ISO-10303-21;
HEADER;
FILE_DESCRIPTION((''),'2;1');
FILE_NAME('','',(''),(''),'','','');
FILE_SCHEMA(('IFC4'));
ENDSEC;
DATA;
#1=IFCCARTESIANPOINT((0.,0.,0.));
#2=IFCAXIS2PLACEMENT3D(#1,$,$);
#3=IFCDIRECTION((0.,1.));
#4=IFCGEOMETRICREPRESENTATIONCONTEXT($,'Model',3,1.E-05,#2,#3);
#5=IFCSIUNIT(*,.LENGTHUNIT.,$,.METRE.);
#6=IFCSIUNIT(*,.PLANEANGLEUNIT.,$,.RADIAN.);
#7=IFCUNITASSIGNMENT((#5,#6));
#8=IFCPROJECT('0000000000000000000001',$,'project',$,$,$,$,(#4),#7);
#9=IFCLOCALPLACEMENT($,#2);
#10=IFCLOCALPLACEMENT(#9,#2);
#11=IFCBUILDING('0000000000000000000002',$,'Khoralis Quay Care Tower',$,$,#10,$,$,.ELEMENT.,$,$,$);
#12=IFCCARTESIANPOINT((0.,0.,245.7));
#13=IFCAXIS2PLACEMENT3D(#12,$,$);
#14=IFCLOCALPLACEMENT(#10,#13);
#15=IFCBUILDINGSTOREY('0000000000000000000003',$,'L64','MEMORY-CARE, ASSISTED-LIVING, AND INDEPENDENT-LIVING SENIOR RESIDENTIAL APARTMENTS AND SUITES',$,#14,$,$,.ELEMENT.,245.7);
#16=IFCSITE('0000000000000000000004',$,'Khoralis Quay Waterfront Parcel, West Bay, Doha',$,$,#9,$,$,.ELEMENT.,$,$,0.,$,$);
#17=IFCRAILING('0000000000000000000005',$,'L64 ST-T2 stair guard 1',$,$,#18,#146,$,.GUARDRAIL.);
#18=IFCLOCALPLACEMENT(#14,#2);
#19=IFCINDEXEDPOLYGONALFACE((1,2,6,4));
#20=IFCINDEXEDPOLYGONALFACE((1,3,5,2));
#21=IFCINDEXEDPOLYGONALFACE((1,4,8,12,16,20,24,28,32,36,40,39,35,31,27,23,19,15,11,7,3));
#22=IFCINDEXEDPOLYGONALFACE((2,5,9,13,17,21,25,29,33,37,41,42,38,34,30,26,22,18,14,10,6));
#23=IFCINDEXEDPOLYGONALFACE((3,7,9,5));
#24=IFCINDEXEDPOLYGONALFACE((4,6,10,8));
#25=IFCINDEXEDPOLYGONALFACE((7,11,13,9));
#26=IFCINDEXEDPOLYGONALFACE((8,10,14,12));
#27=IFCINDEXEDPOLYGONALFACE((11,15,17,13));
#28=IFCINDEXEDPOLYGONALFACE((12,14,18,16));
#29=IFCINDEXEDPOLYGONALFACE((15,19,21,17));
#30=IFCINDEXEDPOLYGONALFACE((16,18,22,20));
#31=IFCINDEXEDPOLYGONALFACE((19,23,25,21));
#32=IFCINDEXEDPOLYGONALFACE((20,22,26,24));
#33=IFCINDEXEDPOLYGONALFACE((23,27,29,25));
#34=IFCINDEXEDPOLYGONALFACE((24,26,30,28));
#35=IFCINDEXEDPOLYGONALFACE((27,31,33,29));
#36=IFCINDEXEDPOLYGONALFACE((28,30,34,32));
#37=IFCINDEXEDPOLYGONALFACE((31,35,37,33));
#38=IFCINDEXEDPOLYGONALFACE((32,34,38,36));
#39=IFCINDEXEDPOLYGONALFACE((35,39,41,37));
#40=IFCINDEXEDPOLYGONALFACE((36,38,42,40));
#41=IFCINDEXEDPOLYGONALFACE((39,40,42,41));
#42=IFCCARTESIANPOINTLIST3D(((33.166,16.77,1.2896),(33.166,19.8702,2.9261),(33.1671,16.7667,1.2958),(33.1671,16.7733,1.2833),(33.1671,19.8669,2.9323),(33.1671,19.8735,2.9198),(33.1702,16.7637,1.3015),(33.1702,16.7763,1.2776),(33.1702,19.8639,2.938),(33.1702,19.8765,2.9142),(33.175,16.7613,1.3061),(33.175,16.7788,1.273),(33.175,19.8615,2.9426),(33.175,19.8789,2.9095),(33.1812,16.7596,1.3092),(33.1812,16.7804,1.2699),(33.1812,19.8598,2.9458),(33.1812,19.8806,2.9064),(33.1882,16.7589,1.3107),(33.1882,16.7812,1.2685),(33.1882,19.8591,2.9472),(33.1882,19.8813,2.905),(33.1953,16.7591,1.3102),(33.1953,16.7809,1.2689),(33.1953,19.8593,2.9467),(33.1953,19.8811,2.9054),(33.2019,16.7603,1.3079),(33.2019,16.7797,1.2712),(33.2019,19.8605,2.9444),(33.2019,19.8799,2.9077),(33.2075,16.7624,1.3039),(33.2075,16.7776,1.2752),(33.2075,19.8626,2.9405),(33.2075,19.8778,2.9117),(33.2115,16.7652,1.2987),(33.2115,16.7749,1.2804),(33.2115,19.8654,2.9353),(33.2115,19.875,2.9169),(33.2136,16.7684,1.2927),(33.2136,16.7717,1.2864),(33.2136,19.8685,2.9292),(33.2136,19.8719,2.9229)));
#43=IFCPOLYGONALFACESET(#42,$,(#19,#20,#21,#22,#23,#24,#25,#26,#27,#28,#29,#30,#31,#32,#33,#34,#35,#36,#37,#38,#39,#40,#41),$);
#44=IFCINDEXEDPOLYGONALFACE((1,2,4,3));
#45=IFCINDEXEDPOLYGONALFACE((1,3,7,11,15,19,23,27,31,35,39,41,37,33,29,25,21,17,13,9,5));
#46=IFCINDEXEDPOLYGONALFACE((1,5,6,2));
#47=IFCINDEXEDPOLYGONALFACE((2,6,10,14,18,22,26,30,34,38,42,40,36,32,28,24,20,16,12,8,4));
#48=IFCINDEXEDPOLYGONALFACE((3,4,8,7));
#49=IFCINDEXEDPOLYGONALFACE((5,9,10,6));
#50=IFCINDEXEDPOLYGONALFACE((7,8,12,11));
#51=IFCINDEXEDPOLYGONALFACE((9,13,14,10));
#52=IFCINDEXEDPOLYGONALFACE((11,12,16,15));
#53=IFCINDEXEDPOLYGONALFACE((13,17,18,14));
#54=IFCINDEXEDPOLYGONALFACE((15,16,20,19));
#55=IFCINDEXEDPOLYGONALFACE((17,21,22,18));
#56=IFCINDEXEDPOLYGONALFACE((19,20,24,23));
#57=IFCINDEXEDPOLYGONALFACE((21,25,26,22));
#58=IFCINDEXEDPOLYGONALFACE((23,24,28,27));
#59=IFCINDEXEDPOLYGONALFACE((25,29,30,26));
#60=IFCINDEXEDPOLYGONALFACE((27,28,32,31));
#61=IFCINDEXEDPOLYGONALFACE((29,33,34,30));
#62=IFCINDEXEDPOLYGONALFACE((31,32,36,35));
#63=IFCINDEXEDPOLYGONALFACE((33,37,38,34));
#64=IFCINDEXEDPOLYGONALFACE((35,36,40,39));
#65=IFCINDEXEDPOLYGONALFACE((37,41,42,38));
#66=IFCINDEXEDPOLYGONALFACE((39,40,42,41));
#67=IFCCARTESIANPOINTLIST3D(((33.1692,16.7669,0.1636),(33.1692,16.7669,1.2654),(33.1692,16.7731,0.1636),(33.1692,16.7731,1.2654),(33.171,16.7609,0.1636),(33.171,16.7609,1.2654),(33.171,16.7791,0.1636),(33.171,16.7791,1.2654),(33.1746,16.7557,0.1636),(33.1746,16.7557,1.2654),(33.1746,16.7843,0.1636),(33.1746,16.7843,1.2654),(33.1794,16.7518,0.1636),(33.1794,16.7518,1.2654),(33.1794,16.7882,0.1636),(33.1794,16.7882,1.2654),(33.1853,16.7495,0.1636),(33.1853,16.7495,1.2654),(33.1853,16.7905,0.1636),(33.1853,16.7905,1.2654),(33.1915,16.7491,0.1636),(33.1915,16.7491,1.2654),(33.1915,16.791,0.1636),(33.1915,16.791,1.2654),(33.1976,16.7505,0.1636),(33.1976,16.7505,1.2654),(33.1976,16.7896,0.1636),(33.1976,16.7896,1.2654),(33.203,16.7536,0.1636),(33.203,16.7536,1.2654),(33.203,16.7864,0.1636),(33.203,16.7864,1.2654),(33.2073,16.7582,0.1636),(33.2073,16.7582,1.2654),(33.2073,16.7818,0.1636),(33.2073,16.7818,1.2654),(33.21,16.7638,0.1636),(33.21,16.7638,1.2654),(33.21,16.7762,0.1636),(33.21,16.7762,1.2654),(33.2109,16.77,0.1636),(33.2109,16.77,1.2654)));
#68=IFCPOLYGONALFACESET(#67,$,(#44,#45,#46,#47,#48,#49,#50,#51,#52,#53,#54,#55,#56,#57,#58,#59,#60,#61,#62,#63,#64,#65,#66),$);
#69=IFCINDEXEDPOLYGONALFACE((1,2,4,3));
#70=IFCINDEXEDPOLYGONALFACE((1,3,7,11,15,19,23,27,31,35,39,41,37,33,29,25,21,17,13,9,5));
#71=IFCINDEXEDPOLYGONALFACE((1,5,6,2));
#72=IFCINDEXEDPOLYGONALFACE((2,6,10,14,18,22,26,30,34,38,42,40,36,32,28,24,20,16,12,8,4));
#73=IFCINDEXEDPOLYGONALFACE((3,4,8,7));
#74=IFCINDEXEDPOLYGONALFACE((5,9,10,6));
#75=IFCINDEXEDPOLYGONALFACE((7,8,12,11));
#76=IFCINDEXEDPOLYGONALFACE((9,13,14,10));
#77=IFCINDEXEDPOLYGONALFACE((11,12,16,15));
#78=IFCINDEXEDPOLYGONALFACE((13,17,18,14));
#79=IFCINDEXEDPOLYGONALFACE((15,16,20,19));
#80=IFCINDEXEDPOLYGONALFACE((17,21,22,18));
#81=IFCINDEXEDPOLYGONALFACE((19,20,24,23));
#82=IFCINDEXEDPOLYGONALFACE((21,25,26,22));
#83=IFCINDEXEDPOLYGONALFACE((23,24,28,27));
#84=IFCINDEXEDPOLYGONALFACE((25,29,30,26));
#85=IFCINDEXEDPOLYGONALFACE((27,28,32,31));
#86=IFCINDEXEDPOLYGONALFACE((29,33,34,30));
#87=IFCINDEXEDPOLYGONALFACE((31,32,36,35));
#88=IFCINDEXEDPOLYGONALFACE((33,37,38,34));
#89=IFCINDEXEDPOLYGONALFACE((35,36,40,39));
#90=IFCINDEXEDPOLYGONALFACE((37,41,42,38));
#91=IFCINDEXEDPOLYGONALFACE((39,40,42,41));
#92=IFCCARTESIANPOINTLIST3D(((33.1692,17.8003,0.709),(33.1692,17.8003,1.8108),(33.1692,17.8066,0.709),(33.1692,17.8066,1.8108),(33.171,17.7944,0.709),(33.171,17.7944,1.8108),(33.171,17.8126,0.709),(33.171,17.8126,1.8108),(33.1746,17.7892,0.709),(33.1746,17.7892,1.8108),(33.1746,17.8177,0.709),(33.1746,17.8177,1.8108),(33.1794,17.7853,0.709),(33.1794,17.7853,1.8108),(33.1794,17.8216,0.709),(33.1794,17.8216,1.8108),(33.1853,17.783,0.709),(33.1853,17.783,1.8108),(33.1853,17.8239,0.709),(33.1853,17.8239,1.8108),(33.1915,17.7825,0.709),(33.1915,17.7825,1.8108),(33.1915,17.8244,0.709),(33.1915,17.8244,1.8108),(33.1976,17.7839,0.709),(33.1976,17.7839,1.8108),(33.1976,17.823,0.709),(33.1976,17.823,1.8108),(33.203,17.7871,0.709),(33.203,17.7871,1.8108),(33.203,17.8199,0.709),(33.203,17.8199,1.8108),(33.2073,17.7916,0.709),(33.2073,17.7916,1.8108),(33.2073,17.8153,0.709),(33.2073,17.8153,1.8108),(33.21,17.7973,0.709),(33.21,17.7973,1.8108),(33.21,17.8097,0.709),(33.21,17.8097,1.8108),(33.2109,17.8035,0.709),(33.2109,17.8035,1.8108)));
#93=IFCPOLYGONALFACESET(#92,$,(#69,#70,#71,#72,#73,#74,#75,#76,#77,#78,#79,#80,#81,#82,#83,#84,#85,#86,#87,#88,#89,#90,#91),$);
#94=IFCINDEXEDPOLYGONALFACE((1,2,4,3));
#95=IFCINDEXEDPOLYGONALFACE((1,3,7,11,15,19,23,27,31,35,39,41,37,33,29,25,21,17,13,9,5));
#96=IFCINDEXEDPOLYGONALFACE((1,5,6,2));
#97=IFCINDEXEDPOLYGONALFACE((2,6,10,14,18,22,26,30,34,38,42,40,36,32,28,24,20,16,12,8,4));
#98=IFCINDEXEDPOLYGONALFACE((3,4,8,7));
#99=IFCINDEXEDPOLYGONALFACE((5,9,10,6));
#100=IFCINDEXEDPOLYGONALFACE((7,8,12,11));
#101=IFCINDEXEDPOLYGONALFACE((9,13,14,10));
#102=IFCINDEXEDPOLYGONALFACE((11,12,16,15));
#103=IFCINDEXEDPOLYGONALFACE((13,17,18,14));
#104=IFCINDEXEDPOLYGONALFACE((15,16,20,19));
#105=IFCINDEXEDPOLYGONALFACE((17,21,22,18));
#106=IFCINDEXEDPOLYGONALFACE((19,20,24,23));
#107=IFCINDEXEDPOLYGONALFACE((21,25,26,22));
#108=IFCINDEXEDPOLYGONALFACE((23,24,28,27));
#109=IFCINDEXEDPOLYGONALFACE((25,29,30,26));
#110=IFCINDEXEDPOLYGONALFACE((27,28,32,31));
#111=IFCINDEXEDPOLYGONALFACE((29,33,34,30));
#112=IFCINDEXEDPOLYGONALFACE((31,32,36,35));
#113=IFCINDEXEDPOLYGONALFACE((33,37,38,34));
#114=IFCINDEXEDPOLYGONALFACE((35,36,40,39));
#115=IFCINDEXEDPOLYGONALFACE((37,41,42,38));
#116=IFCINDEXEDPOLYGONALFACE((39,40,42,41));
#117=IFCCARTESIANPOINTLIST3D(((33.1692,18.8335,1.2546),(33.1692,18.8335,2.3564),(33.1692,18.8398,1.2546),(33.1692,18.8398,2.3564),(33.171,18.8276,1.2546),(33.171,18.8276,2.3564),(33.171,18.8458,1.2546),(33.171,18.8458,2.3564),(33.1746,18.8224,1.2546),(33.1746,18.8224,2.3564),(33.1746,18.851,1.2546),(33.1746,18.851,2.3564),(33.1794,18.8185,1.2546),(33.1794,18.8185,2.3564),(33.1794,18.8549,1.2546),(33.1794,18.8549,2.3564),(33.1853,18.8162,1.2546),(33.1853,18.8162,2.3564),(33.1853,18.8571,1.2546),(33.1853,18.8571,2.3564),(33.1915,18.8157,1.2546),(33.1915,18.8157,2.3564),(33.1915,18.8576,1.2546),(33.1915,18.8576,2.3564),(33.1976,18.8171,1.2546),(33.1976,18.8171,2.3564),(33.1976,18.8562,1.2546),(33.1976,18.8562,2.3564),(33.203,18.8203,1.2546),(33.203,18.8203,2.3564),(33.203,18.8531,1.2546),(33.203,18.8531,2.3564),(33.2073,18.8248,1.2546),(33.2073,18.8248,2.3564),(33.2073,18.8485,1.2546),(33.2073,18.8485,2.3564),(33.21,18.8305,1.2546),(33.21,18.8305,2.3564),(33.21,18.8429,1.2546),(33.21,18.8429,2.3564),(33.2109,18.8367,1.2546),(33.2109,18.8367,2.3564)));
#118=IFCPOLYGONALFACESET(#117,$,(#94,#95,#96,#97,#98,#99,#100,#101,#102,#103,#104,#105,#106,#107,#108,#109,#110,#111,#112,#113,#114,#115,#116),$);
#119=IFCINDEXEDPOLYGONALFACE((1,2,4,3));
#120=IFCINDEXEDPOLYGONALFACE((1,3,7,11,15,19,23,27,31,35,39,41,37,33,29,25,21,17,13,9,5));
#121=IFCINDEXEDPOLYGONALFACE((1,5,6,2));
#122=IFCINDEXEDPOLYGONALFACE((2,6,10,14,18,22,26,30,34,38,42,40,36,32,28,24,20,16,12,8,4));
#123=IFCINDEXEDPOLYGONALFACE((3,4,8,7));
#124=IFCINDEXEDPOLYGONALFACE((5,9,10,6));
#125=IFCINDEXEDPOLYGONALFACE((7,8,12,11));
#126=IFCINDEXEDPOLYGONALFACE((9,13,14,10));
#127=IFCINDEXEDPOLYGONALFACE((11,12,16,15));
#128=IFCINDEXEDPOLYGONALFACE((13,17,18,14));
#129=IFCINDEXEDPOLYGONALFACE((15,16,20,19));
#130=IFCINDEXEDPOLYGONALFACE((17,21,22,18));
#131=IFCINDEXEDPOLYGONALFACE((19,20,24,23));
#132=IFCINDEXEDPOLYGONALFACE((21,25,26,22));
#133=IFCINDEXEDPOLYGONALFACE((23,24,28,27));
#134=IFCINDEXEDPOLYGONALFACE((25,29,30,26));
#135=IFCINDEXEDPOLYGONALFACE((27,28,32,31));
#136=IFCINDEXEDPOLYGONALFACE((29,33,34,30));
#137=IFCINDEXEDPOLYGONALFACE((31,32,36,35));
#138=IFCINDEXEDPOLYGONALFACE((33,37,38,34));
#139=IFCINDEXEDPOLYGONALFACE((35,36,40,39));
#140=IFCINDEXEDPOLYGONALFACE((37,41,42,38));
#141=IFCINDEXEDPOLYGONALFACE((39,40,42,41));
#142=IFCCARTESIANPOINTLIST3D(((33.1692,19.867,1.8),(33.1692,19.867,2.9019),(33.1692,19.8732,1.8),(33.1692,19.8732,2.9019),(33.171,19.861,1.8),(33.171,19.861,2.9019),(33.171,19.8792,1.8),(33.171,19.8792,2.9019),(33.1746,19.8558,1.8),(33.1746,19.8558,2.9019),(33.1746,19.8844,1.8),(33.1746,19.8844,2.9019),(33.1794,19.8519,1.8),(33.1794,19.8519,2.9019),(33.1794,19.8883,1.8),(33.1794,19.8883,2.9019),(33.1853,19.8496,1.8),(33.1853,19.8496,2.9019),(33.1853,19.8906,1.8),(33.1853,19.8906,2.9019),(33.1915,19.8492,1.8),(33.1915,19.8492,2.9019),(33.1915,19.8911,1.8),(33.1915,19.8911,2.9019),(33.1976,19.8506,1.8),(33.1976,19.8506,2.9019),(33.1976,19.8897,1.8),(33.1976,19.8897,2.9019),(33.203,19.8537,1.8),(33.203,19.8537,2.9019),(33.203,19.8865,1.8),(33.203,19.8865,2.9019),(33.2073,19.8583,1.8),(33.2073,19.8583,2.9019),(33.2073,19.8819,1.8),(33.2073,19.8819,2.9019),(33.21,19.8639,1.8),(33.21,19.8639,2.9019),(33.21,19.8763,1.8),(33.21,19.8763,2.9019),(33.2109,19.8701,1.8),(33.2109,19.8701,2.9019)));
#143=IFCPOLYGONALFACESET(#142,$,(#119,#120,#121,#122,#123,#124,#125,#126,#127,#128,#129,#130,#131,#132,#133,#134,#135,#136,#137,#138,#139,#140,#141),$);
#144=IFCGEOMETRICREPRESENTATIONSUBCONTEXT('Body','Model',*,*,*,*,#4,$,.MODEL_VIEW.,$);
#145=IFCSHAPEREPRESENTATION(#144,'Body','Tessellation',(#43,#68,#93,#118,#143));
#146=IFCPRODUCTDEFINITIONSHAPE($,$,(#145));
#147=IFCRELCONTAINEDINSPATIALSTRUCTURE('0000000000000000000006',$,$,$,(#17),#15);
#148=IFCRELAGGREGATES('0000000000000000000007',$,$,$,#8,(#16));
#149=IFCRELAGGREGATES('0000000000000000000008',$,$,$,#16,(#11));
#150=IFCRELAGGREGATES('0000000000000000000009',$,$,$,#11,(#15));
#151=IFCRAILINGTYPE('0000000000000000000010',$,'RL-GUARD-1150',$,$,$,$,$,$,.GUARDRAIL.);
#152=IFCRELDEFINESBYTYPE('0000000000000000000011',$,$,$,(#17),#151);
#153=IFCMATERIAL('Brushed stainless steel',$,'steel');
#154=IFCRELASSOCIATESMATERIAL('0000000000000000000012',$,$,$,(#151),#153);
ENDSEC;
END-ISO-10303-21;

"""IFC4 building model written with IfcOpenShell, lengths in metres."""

from ifc_helpers import new_model, si_unit, direction, frame, origin, origin_2d, place, context, subcontext, project, spatial, circle, extrude, material, type_object, element, save


model = new_model("IFC4")

# Units and contexts
model_context = context("Model", 3, precision=1e-05, world=origin(), true_north=direction((0.0, 1.0)))
body_context = subcontext(model_context, "Body", "Model", "MODEL_VIEW")
ifc_project = project(units=[si_unit("LENGTHUNIT", "METRE"), si_unit("PLANEANGLEUNIT", "RADIAN")], contexts=[model_context])

# Site, building, storey
site_placement = place(None, origin())
site = spatial("IfcSite", under=ifc_project, at=site_placement, Name="Khoralis Quay Waterfront Parcel, West Bay, Doha", CompositionType="ELEMENT", RefElevation=0.0)
building_placement = place(site_placement, origin())
building = spatial("IfcBuilding", under=site, at=building_placement, Name="Khoralis Quay Care Tower", CompositionType="ELEMENT")
storey_placement = place(building_placement, frame((0.0, 0.0, 245.7)))
storey = spatial("IfcBuildingStorey", under=building, at=storey_placement, Name="L64", Description="MEMORY-CARE, ASSISTED-LIVING, AND INDEPENDENT-LIVING SENIOR RESIDENTIAL APARTMENTS AND SUITES", CompositionType="ELEMENT", Elevation=245.7)

# Shared definitions
ifc_material_1 = material(Name="Brushed stainless steel", Category="steel")

# Railing
railing_type_1 = type_object("IfcRailingType", Name="RL-GUARD-1150", PredefinedType="GUARDRAIL", material=ifc_material_1)
railing_1_placement = place(storey_placement, frame((33.1899, 16.77, 0.1636)))
element("IfcRailing", 1, at=railing_1_placement, inside=storey, type_object=railing_type_1, Name="L64 ST-T2 stair guard 1", PredefinedType="GUARDRAIL", context=body_context, shape_type="SweptSolid", body=[
    extrude(circle(Radius=0.0239, at=origin_2d()), frame((0.0, 0.0, 1.126), z_axis=(0.0, 0.884348, 0.466828), x_axis=(-1.0, 0.0, 0.0)), (0.0, 0.0, 1.0), 3.5056),
    extrude(circle(Radius=0.021, at=origin_2d()), origin(), (0.0, 0.0, 1.0), 1.1018),
    extrude(circle(Radius=0.021, at=origin_2d()), frame((0.0, 1.0334, 0.5454)), (0.0, 0.0, 1.0), 1.1018),
    extrude(circle(Radius=0.021, at=origin_2d()), frame((0.0, 2.0667, 1.0911)), (0.0, 0.0, 1.0), 1.1018),
    extrude(circle(Radius=0.021, at=origin_2d()), frame((0.0, 3.1001, 1.6365)), (0.0, 0.0, 1.0), 1.1018),
])

save(model, "model.ifc")
